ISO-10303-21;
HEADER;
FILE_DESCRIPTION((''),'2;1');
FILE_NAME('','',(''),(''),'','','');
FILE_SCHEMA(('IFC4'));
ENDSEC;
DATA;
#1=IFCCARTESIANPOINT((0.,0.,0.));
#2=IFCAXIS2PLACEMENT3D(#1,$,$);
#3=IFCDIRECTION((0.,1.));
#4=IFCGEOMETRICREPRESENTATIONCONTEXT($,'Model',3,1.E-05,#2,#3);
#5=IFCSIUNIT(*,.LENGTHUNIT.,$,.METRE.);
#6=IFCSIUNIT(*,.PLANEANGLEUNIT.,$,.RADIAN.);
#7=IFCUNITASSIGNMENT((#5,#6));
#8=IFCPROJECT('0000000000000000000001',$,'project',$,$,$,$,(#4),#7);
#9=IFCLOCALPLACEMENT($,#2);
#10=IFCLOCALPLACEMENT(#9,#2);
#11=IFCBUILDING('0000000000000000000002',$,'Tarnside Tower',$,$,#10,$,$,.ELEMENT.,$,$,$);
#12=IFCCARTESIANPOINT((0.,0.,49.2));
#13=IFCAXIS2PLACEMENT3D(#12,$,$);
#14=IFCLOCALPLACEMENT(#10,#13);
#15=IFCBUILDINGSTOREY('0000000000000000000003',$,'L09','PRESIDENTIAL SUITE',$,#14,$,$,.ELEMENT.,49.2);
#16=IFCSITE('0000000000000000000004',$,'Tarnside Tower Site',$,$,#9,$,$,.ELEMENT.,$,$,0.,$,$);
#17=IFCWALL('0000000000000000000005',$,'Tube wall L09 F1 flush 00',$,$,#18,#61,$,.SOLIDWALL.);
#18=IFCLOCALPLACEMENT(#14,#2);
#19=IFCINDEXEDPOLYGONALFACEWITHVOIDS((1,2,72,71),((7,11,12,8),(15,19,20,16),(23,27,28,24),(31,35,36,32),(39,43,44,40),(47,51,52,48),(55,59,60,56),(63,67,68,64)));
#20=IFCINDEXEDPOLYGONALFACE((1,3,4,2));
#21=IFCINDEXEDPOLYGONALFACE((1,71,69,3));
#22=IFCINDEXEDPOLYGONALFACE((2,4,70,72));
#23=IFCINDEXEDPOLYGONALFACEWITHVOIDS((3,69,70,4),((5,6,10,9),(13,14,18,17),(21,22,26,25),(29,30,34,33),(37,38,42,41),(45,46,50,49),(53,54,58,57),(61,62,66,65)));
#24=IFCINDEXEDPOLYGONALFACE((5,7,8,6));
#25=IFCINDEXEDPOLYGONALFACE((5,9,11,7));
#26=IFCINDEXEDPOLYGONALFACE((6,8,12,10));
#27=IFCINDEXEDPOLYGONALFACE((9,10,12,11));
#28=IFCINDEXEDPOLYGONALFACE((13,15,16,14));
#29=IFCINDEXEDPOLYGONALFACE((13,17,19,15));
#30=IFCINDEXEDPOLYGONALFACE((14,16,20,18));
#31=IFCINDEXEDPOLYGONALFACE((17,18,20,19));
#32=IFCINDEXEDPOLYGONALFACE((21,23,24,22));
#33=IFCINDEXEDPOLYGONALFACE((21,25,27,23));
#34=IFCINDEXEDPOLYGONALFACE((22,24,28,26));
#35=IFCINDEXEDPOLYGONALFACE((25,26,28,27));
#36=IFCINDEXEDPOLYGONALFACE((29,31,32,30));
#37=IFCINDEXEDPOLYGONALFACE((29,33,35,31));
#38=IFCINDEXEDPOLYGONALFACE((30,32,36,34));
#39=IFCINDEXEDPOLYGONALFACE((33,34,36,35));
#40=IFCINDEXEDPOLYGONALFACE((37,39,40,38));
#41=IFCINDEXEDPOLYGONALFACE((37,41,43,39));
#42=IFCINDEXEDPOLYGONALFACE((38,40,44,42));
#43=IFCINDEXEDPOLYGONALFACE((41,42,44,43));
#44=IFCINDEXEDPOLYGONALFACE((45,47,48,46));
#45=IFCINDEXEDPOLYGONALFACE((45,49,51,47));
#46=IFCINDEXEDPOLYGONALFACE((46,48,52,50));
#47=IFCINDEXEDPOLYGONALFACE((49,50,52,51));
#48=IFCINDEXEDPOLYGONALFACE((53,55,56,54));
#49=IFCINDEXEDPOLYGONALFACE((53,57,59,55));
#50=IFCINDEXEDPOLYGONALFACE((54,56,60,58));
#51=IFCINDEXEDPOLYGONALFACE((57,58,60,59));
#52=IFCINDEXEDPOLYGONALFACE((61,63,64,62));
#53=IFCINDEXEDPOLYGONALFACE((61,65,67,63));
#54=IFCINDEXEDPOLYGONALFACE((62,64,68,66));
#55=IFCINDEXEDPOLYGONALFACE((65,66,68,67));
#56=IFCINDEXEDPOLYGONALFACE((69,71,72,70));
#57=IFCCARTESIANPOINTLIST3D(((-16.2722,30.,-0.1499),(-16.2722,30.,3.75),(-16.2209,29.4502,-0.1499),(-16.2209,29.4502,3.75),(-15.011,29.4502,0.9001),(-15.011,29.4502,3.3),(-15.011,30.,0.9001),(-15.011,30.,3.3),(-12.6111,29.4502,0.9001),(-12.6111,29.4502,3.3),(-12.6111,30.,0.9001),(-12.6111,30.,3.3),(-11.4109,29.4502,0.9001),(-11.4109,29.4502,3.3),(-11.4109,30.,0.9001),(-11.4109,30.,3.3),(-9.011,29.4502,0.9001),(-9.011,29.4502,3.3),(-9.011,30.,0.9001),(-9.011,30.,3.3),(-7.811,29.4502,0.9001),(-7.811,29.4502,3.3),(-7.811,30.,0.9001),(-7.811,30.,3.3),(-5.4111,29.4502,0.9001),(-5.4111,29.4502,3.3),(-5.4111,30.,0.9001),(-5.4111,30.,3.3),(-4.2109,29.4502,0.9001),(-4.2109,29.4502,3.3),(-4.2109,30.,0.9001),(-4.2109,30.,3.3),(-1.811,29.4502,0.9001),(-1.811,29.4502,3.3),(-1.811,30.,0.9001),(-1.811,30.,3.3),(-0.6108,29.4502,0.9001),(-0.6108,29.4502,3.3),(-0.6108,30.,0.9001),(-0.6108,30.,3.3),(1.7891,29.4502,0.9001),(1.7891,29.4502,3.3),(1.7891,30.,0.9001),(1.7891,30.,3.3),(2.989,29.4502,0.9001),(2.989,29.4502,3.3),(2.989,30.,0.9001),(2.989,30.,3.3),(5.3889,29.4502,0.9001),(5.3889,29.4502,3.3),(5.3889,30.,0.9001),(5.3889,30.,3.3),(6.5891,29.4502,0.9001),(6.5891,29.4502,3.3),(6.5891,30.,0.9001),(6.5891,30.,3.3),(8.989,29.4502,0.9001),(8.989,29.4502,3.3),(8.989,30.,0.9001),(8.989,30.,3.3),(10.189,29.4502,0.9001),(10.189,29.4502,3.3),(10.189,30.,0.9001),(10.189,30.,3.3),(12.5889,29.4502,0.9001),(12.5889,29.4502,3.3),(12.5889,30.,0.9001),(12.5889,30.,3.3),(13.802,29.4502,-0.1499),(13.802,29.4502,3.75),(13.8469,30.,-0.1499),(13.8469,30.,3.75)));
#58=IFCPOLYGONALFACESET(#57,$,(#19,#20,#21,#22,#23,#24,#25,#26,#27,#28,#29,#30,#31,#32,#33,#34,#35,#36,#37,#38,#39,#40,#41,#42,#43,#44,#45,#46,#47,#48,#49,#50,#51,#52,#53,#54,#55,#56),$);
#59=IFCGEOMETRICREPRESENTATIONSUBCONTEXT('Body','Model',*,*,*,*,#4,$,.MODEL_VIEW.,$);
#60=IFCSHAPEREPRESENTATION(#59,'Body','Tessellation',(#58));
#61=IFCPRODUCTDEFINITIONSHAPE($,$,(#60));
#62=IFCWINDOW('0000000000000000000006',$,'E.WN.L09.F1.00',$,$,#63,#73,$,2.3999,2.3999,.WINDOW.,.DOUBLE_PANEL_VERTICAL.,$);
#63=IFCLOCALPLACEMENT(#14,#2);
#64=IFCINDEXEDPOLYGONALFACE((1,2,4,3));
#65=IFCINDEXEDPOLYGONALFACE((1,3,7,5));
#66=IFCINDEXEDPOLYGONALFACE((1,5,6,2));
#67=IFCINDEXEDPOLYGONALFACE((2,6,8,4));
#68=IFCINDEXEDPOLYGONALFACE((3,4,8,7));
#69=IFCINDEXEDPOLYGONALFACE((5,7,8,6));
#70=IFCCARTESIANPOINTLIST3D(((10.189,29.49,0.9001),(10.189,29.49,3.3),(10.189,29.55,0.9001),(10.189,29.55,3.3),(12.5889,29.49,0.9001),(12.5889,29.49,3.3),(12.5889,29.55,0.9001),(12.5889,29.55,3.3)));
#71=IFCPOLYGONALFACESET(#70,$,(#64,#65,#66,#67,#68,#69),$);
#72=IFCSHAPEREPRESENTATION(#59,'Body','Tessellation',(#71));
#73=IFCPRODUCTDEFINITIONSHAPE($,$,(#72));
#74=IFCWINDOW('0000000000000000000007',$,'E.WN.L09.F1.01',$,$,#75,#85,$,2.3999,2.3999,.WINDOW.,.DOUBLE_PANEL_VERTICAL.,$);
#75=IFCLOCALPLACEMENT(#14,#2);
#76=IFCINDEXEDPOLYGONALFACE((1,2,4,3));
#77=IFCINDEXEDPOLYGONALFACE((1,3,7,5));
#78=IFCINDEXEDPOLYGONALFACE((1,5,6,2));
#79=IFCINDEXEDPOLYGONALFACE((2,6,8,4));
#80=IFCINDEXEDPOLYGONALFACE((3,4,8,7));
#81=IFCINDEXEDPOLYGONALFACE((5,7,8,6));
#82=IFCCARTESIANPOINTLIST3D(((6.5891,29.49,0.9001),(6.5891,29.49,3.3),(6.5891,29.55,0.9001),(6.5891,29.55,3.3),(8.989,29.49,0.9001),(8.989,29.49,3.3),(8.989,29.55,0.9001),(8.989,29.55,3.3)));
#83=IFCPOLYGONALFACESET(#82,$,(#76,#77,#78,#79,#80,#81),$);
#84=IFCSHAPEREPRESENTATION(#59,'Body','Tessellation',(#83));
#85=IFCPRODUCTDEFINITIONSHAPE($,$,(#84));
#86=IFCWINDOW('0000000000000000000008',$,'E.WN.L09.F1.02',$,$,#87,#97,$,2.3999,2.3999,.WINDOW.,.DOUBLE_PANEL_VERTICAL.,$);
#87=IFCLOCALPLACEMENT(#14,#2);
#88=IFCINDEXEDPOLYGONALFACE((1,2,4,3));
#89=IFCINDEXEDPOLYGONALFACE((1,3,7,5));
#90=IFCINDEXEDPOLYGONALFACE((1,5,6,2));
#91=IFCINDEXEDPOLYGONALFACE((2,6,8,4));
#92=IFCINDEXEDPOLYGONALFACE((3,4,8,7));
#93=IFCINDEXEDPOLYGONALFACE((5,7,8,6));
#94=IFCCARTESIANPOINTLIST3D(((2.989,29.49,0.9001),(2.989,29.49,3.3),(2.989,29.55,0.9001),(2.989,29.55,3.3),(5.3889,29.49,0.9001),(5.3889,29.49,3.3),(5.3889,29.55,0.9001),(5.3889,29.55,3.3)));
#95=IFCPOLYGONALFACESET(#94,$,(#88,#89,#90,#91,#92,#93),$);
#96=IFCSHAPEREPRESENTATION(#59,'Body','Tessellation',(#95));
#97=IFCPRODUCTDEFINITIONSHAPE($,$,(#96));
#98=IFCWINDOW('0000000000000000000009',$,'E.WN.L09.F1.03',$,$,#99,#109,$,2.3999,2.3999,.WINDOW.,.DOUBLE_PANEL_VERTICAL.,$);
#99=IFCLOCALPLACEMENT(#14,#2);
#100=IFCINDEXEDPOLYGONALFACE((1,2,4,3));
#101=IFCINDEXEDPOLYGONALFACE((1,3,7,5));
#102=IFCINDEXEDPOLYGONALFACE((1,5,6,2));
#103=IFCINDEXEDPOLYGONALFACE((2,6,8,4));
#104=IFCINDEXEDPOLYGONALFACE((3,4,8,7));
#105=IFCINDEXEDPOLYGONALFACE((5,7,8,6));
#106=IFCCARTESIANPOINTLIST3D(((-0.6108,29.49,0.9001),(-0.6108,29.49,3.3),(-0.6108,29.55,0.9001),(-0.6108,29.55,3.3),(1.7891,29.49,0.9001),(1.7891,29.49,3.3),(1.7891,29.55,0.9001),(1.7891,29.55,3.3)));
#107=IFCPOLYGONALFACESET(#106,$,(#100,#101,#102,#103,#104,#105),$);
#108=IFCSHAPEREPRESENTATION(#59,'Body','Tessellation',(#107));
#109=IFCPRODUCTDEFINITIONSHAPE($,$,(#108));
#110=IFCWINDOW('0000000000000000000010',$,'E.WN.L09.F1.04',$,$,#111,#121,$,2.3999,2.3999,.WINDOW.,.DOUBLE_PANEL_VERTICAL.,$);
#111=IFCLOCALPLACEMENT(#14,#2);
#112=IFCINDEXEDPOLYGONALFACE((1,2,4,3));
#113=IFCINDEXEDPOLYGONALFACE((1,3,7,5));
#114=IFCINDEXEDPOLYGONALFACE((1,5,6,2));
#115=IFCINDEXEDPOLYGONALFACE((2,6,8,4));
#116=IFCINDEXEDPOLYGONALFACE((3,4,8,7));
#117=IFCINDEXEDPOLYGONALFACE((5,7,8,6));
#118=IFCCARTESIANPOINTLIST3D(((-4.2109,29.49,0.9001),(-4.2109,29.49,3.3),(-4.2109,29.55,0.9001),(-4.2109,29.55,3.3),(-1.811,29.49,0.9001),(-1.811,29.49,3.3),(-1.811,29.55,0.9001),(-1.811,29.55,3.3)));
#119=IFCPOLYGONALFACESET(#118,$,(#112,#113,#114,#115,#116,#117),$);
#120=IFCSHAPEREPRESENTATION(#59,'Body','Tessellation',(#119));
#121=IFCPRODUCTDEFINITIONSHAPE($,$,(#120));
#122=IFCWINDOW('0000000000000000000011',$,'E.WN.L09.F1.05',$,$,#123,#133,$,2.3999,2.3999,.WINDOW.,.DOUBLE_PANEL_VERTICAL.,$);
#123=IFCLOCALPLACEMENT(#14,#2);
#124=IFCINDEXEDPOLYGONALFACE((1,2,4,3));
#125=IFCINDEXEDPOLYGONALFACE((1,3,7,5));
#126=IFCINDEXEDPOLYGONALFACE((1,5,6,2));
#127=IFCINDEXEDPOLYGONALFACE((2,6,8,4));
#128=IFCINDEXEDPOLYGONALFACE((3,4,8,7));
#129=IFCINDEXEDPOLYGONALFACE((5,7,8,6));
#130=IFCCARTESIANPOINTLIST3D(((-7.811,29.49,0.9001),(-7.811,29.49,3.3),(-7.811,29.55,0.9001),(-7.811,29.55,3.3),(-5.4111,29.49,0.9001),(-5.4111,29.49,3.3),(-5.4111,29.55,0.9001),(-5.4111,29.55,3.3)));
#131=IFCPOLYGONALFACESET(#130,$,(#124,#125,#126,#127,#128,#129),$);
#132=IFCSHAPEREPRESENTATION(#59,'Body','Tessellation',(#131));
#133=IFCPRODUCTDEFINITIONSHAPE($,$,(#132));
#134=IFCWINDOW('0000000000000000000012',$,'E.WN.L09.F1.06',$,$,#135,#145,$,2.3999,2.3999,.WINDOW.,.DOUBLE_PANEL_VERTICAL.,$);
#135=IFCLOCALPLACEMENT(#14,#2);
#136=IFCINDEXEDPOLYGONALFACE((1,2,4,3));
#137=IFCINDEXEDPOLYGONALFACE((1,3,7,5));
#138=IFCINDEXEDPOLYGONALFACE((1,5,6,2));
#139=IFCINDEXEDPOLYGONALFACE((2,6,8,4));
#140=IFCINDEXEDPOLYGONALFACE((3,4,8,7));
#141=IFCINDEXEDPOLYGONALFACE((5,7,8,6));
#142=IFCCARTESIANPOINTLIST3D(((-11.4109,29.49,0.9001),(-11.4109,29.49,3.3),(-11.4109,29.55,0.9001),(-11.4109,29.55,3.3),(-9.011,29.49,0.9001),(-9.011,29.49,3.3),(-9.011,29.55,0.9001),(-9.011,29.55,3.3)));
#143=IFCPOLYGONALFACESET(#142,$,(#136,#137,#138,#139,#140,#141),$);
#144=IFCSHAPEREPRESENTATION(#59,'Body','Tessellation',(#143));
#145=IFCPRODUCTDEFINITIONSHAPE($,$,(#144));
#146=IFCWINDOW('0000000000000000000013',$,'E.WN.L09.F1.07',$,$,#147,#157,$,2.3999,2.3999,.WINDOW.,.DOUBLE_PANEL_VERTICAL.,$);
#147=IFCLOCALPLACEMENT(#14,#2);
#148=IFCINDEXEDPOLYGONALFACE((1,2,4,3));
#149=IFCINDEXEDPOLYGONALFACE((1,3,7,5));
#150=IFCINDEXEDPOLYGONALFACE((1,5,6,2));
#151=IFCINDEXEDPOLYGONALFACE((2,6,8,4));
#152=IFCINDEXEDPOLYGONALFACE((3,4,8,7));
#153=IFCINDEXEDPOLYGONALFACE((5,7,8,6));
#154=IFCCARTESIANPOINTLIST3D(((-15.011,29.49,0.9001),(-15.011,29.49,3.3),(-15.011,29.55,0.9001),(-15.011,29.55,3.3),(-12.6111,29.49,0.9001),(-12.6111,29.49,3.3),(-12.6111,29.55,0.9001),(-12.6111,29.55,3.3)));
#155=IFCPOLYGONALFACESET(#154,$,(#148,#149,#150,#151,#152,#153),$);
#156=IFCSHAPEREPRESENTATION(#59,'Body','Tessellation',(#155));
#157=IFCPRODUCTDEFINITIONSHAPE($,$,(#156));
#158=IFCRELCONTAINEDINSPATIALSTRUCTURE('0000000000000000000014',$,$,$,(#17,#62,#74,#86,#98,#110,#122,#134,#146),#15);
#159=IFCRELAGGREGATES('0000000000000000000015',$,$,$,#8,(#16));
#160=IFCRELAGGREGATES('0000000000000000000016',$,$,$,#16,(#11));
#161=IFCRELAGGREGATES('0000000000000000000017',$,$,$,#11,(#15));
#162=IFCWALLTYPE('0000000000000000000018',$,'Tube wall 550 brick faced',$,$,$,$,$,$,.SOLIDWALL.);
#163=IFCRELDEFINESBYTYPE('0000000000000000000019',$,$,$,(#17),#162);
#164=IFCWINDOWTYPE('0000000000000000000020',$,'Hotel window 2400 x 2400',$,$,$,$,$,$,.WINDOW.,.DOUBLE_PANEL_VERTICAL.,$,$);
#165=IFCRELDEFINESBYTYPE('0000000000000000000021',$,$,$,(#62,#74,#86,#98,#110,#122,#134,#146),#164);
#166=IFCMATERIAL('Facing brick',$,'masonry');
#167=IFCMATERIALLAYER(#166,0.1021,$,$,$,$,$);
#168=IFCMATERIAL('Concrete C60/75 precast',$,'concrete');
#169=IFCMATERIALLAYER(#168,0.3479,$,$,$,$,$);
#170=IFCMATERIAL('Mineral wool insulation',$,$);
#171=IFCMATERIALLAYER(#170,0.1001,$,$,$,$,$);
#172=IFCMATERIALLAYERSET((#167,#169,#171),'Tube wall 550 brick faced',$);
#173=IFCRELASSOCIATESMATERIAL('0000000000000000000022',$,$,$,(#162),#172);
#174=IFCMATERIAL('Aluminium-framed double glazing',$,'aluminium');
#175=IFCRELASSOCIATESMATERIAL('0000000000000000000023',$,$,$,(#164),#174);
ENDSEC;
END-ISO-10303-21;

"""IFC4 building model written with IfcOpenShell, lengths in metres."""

from ifc_helpers import new_model, si_unit, direction, frame, frame_2d, origin, place, context, subcontext, project, spatial, polyline, rectangle, outline, extrude, material, layer, layer_set, type_object, element, fill, save


model = new_model("IFC4")

# Units and contexts
model_context = context("Model", 3, precision=1e-05, world=origin(), true_north=direction((0.0, 1.0)))
body_context = subcontext(model_context, "Body", "Model", "MODEL_VIEW")
ifc_project = project(units=[si_unit("LENGTHUNIT", "METRE"), si_unit("PLANEANGLEUNIT", "RADIAN")], contexts=[model_context])

# Site, building, storey
site_placement = place(None, origin())
site = spatial("IfcSite", under=ifc_project, at=site_placement, Name="Tarnside Tower Site", CompositionType="ELEMENT", RefElevation=0.0)
building_placement = place(site_placement, origin())
building = spatial("IfcBuilding", under=site, at=building_placement, Name="Tarnside Tower", CompositionType="ELEMENT")
storey_placement = place(building_placement, frame((0.0, 0.0, 49.2)))
storey = spatial("IfcBuildingStorey", under=building, at=storey_placement, Name="L09", Description="PRESIDENTIAL SUITE", CompositionType="ELEMENT", Elevation=49.2)

# Wall, openings, windows
ifc_material_1 = material(Name="Facing brick", Category="masonry")
ifc_layer_1 = layer(ifc_material_1, 0.1021)
ifc_material_2 = material(Name="Concrete C60/75 precast", Category="concrete")
ifc_layer_2 = layer(ifc_material_2, 0.3479)
ifc_material_3 = material(Name="Mineral wool insulation")
ifc_layer_3 = layer(ifc_material_3, 0.1001)
ifc_layer_set_1 = layer_set([ifc_layer_1, ifc_layer_2, ifc_layer_3], Name="Tube wall 550 brick faced")
wall_type_1 = type_object("IfcWallType", Name="Tube wall 550 brick faced", PredefinedType="SOLIDWALL", material=ifc_layer_set_1)
wall_1_placement = place(storey_placement, frame((13.8245, 29.7251, -0.1499), z_axis=(0.0, 0.0, 1.0), x_axis=(-1.0, 0.0, 0.0)))
wall_1 = element("IfcWall", 1, at=wall_1_placement, inside=storey, type_object=wall_type_1, Name="Tube wall L09 F1 flush 00", PredefinedType="SOLIDWALL", context=body_context, shape_type="SweptSolid", body=[
    extrude(outline(polyline([(-0.0225, -0.2749), (30.0967, -0.2749), (30.0454, 0.2749), (0.0225, 0.2749), (-0.0225, -0.2749)])), origin(), (0.0, 0.0, 1.0), 3.8999),
])
opening_1_placement = place(wall_1_placement, frame((1.2356, 0.0, 1.05)))
opening_1 = element("IfcOpeningElement", 2, at=opening_1_placement, cuts=wall_1, PredefinedType="OPENING", context=body_context, shape_type="SweptSolid", body=[
    extrude(rectangle(XDim=2.3999, YDim=2.3999, at=frame_2d((1.2, 1.2))), frame((0.0, 0.2852, 0.0), z_axis=(0.0, -1.0, 0.0), x_axis=(1.0, 0.0, 0.0)), (0.0, 0.0, 1.0), 0.5701),
])
opening_2_placement = place(wall_1_placement, frame((4.8354, 0.0, 1.05)))
opening_2 = element("IfcOpeningElement", 3, at=opening_2_placement, cuts=wall_1, PredefinedType="OPENING", context=body_context, shape_type="SweptSolid", body=[
    extrude(rectangle(XDim=2.3999, YDim=2.3999, at=frame_2d((1.2, 1.2))), frame((0.0, 0.2852, 0.0), z_axis=(0.0, -1.0, 0.0), x_axis=(1.0, 0.0, 0.0)), (0.0, 0.0, 1.0), 0.5701),
])
opening_3_placement = place(wall_1_placement, frame((8.4355, 0.0, 1.05)))
opening_3 = element("IfcOpeningElement", 4, at=opening_3_placement, cuts=wall_1, PredefinedType="OPENING", context=body_context, shape_type="SweptSolid", body=[
    extrude(rectangle(XDim=2.3999, YDim=2.3999, at=frame_2d((1.2, 1.2))), frame((0.0, 0.2852, 0.0), z_axis=(0.0, -1.0, 0.0), x_axis=(1.0, 0.0, 0.0)), (0.0, 0.0, 1.0), 0.5701),
])
opening_4_placement = place(wall_1_placement, frame((12.0354, 0.0, 1.05)))
opening_4 = element("IfcOpeningElement", 5, at=opening_4_placement, cuts=wall_1, PredefinedType="OPENING", context=body_context, shape_type="SweptSolid", body=[
    extrude(rectangle(XDim=2.3999, YDim=2.3999, at=frame_2d((1.2, 1.2))), frame((0.0, 0.2852, 0.0), z_axis=(0.0, -1.0, 0.0), x_axis=(1.0, 0.0, 0.0)), (0.0, 0.0, 1.0), 0.5701),
])
opening_5_placement = place(wall_1_placement, frame((15.6355, 0.0, 1.05)))
opening_5 = element("IfcOpeningElement", 6, at=opening_5_placement, cuts=wall_1, PredefinedType="OPENING", context=body_context, shape_type="SweptSolid", body=[
    extrude(rectangle(XDim=2.3999, YDim=2.3999, at=frame_2d((1.2, 1.2))), frame((0.0, 0.2852, 0.0), z_axis=(0.0, -1.0, 0.0), x_axis=(1.0, 0.0, 0.0)), (0.0, 0.0, 1.0), 0.5701),
])
opening_6_placement = place(wall_1_placement, frame((19.2356, 0.0, 1.05)))
opening_6 = element("IfcOpeningElement", 7, at=opening_6_placement, cuts=wall_1, PredefinedType="OPENING", context=body_context, shape_type="SweptSolid", body=[
    extrude(rectangle(XDim=2.3999, YDim=2.3999, at=frame_2d((1.2, 1.2))), frame((0.0, 0.2852, 0.0), z_axis=(0.0, -1.0, 0.0), x_axis=(1.0, 0.0, 0.0)), (0.0, 0.0, 1.0), 0.5701),
])
opening_7_placement = place(wall_1_placement, frame((22.8354, 0.0, 1.05)))
opening_7 = element("IfcOpeningElement", 8, at=opening_7_placement, cuts=wall_1, PredefinedType="OPENING", context=body_context, shape_type="SweptSolid", body=[
    extrude(rectangle(XDim=2.3999, YDim=2.3999, at=frame_2d((1.2, 1.2))), frame((0.0, 0.2852, 0.0), z_axis=(0.0, -1.0, 0.0), x_axis=(1.0, 0.0, 0.0)), (0.0, 0.0, 1.0), 0.5701),
])
opening_8_placement = place(wall_1_placement, frame((26.4355, 0.0, 1.05)))
opening_8 = element("IfcOpeningElement", 9, at=opening_8_placement, cuts=wall_1, PredefinedType="OPENING", context=body_context, shape_type="SweptSolid", body=[
    extrude(rectangle(XDim=2.3999, YDim=2.3999, at=frame_2d((1.2, 1.2))), frame((0.0, 0.2852, 0.0), z_axis=(0.0, -1.0, 0.0), x_axis=(1.0, 0.0, 0.0)), (0.0, 0.0, 1.0), 0.5701),
])
ifc_material_4 = material(Name="Aluminium-framed double glazing", Category="aluminium")
window_type = type_object("IfcWindowType", Name="Hotel window 2400 x 2400", PartitioningType="DOUBLE_PANEL_VERTICAL", PredefinedType="WINDOW", material=ifc_material_4)
window_1_placement = place(opening_1_placement, frame((0.0, 0.2051, 0.0)))
window_1 = element("IfcWindow", 10, at=window_1_placement, inside=storey, type_object=window_type, Name="E.WN.L09.F1.00", OverallHeight=2.3999, OverallWidth=2.3999, PartitioningType="DOUBLE_PANEL_VERTICAL", PredefinedType="WINDOW", context=body_context, shape_type="SweptSolid", body=[
    extrude(rectangle(XDim=2.3999, YDim=2.3999, at=frame_2d((1.2, 1.2))), frame((0.0, 0.03, 0.0), z_axis=(0.0, -1.0, 0.0), x_axis=(1.0, 0.0, 0.0)), (0.0, 0.0, 1.0), 0.0601),
])
fill(opening_1, window_1)
window_2_placement = place(opening_2_placement, frame((0.0, 0.2051, 0.0)))
window_2 = element("IfcWindow", 11, at=window_2_placement, inside=storey, type_object=window_type, Name="E.WN.L09.F1.01", OverallHeight=2.3999, OverallWidth=2.3999, PartitioningType="DOUBLE_PANEL_VERTICAL", PredefinedType="WINDOW", context=body_context, shape_type="SweptSolid", body=[
    extrude(rectangle(XDim=2.3999, YDim=2.3999, at=frame_2d((1.2, 1.2))), frame((0.0, 0.03, 0.0), z_axis=(0.0, -1.0, 0.0), x_axis=(1.0, 0.0, 0.0)), (0.0, 0.0, 1.0), 0.0601),
])
fill(opening_2, window_2)
window_3_placement = place(opening_3_placement, frame((0.0, 0.2051, 0.0)))
window_3 = element("IfcWindow", 12, at=window_3_placement, inside=storey, type_object=window_type, Name="E.WN.L09.F1.02", OverallHeight=2.3999, OverallWidth=2.3999, PartitioningType="DOUBLE_PANEL_VERTICAL", PredefinedType="WINDOW", context=body_context, shape_type="SweptSolid", body=[
    extrude(rectangle(XDim=2.3999, YDim=2.3999, at=frame_2d((1.2, 1.2))), frame((0.0, 0.03, 0.0), z_axis=(0.0, -1.0, 0.0), x_axis=(1.0, 0.0, 0.0)), (0.0, 0.0, 1.0), 0.0601),
])
fill(opening_3, window_3)
window_4_placement = place(opening_4_placement, frame((0.0, 0.2051, 0.0)))
window_4 = element("IfcWindow", 13, at=window_4_placement, inside=storey, type_object=window_type, Name="E.WN.L09.F1.03", OverallHeight=2.3999, OverallWidth=2.3999, PartitioningType="DOUBLE_PANEL_VERTICAL", PredefinedType="WINDOW", context=body_context, shape_type="SweptSolid", body=[
    extrude(rectangle(XDim=2.3999, YDim=2.3999, at=frame_2d((1.2, 1.2))), frame((0.0, 0.03, 0.0), z_axis=(0.0, -1.0, 0.0), x_axis=(1.0, 0.0, 0.0)), (0.0, 0.0, 1.0), 0.0601),
])
fill(opening_4, window_4)
window_5_placement = place(opening_5_placement, frame((0.0, 0.2051, 0.0)))
window_5 = element("IfcWindow", 14, at=window_5_placement, inside=storey, type_object=window_type, Name="E.WN.L09.F1.04", OverallHeight=2.3999, OverallWidth=2.3999, PartitioningType="DOUBLE_PANEL_VERTICAL", PredefinedType="WINDOW", context=body_context, shape_type="SweptSolid", body=[
    extrude(rectangle(XDim=2.3999, YDim=2.3999, at=frame_2d((1.2, 1.2))), frame((0.0, 0.03, 0.0), z_axis=(0.0, -1.0, 0.0), x_axis=(1.0, 0.0, 0.0)), (0.0, 0.0, 1.0), 0.0601),
])
fill(opening_5, window_5)
window_6_placement = place(opening_6_placement, frame((0.0, 0.2051, 0.0)))
window_6 = element("IfcWindow", 15, at=window_6_placement, inside=storey, type_object=window_type, Name="E.WN.L09.F1.05", OverallHeight=2.3999, OverallWidth=2.3999, PartitioningType="DOUBLE_PANEL_VERTICAL", PredefinedType="WINDOW", context=body_context, shape_type="SweptSolid", body=[
    extrude(rectangle(XDim=2.3999, YDim=2.3999, at=frame_2d((1.2, 1.2))), frame((0.0, 0.03, 0.0), z_axis=(0.0, -1.0, 0.0), x_axis=(1.0, 0.0, 0.0)), (0.0, 0.0, 1.0), 0.0601),
])
fill(opening_6, window_6)
window_7_placement = place(opening_7_placement, frame((0.0, 0.2051, 0.0)))
window_7 = element("IfcWindow", 16, at=window_7_placement, inside=storey, type_object=window_type, Name="E.WN.L09.F1.06", OverallHeight=2.3999, OverallWidth=2.3999, PartitioningType="DOUBLE_PANEL_VERTICAL", PredefinedType="WINDOW", context=body_context, shape_type="SweptSolid", body=[
    extrude(rectangle(XDim=2.3999, YDim=2.3999, at=frame_2d((1.2, 1.2))), frame((0.0, 0.03, 0.0), z_axis=(0.0, -1.0, 0.0), x_axis=(1.0, 0.0, 0.0)), (0.0, 0.0, 1.0), 0.0601),
])
fill(opening_7, window_7)
window_8_placement = place(opening_8_placement, frame((0.0, 0.2051, 0.0)))
window_8 = element("IfcWindow", 17, at=window_8_placement, inside=storey, type_object=window_type, Name="E.WN.L09.F1.07", OverallHeight=2.3999, OverallWidth=2.3999, PartitioningType="DOUBLE_PANEL_VERTICAL", PredefinedType="WINDOW", context=body_context, shape_type="SweptSolid", body=[
    extrude(rectangle(XDim=2.3999, YDim=2.3999, at=frame_2d((1.2, 1.2))), frame((0.0, 0.03, 0.0), z_axis=(0.0, -1.0, 0.0), x_axis=(1.0, 0.0, 0.0)), (0.0, 0.0, 1.0), 0.0601),
])
fill(opening_8, window_8)

save(model, "model.ifc")
